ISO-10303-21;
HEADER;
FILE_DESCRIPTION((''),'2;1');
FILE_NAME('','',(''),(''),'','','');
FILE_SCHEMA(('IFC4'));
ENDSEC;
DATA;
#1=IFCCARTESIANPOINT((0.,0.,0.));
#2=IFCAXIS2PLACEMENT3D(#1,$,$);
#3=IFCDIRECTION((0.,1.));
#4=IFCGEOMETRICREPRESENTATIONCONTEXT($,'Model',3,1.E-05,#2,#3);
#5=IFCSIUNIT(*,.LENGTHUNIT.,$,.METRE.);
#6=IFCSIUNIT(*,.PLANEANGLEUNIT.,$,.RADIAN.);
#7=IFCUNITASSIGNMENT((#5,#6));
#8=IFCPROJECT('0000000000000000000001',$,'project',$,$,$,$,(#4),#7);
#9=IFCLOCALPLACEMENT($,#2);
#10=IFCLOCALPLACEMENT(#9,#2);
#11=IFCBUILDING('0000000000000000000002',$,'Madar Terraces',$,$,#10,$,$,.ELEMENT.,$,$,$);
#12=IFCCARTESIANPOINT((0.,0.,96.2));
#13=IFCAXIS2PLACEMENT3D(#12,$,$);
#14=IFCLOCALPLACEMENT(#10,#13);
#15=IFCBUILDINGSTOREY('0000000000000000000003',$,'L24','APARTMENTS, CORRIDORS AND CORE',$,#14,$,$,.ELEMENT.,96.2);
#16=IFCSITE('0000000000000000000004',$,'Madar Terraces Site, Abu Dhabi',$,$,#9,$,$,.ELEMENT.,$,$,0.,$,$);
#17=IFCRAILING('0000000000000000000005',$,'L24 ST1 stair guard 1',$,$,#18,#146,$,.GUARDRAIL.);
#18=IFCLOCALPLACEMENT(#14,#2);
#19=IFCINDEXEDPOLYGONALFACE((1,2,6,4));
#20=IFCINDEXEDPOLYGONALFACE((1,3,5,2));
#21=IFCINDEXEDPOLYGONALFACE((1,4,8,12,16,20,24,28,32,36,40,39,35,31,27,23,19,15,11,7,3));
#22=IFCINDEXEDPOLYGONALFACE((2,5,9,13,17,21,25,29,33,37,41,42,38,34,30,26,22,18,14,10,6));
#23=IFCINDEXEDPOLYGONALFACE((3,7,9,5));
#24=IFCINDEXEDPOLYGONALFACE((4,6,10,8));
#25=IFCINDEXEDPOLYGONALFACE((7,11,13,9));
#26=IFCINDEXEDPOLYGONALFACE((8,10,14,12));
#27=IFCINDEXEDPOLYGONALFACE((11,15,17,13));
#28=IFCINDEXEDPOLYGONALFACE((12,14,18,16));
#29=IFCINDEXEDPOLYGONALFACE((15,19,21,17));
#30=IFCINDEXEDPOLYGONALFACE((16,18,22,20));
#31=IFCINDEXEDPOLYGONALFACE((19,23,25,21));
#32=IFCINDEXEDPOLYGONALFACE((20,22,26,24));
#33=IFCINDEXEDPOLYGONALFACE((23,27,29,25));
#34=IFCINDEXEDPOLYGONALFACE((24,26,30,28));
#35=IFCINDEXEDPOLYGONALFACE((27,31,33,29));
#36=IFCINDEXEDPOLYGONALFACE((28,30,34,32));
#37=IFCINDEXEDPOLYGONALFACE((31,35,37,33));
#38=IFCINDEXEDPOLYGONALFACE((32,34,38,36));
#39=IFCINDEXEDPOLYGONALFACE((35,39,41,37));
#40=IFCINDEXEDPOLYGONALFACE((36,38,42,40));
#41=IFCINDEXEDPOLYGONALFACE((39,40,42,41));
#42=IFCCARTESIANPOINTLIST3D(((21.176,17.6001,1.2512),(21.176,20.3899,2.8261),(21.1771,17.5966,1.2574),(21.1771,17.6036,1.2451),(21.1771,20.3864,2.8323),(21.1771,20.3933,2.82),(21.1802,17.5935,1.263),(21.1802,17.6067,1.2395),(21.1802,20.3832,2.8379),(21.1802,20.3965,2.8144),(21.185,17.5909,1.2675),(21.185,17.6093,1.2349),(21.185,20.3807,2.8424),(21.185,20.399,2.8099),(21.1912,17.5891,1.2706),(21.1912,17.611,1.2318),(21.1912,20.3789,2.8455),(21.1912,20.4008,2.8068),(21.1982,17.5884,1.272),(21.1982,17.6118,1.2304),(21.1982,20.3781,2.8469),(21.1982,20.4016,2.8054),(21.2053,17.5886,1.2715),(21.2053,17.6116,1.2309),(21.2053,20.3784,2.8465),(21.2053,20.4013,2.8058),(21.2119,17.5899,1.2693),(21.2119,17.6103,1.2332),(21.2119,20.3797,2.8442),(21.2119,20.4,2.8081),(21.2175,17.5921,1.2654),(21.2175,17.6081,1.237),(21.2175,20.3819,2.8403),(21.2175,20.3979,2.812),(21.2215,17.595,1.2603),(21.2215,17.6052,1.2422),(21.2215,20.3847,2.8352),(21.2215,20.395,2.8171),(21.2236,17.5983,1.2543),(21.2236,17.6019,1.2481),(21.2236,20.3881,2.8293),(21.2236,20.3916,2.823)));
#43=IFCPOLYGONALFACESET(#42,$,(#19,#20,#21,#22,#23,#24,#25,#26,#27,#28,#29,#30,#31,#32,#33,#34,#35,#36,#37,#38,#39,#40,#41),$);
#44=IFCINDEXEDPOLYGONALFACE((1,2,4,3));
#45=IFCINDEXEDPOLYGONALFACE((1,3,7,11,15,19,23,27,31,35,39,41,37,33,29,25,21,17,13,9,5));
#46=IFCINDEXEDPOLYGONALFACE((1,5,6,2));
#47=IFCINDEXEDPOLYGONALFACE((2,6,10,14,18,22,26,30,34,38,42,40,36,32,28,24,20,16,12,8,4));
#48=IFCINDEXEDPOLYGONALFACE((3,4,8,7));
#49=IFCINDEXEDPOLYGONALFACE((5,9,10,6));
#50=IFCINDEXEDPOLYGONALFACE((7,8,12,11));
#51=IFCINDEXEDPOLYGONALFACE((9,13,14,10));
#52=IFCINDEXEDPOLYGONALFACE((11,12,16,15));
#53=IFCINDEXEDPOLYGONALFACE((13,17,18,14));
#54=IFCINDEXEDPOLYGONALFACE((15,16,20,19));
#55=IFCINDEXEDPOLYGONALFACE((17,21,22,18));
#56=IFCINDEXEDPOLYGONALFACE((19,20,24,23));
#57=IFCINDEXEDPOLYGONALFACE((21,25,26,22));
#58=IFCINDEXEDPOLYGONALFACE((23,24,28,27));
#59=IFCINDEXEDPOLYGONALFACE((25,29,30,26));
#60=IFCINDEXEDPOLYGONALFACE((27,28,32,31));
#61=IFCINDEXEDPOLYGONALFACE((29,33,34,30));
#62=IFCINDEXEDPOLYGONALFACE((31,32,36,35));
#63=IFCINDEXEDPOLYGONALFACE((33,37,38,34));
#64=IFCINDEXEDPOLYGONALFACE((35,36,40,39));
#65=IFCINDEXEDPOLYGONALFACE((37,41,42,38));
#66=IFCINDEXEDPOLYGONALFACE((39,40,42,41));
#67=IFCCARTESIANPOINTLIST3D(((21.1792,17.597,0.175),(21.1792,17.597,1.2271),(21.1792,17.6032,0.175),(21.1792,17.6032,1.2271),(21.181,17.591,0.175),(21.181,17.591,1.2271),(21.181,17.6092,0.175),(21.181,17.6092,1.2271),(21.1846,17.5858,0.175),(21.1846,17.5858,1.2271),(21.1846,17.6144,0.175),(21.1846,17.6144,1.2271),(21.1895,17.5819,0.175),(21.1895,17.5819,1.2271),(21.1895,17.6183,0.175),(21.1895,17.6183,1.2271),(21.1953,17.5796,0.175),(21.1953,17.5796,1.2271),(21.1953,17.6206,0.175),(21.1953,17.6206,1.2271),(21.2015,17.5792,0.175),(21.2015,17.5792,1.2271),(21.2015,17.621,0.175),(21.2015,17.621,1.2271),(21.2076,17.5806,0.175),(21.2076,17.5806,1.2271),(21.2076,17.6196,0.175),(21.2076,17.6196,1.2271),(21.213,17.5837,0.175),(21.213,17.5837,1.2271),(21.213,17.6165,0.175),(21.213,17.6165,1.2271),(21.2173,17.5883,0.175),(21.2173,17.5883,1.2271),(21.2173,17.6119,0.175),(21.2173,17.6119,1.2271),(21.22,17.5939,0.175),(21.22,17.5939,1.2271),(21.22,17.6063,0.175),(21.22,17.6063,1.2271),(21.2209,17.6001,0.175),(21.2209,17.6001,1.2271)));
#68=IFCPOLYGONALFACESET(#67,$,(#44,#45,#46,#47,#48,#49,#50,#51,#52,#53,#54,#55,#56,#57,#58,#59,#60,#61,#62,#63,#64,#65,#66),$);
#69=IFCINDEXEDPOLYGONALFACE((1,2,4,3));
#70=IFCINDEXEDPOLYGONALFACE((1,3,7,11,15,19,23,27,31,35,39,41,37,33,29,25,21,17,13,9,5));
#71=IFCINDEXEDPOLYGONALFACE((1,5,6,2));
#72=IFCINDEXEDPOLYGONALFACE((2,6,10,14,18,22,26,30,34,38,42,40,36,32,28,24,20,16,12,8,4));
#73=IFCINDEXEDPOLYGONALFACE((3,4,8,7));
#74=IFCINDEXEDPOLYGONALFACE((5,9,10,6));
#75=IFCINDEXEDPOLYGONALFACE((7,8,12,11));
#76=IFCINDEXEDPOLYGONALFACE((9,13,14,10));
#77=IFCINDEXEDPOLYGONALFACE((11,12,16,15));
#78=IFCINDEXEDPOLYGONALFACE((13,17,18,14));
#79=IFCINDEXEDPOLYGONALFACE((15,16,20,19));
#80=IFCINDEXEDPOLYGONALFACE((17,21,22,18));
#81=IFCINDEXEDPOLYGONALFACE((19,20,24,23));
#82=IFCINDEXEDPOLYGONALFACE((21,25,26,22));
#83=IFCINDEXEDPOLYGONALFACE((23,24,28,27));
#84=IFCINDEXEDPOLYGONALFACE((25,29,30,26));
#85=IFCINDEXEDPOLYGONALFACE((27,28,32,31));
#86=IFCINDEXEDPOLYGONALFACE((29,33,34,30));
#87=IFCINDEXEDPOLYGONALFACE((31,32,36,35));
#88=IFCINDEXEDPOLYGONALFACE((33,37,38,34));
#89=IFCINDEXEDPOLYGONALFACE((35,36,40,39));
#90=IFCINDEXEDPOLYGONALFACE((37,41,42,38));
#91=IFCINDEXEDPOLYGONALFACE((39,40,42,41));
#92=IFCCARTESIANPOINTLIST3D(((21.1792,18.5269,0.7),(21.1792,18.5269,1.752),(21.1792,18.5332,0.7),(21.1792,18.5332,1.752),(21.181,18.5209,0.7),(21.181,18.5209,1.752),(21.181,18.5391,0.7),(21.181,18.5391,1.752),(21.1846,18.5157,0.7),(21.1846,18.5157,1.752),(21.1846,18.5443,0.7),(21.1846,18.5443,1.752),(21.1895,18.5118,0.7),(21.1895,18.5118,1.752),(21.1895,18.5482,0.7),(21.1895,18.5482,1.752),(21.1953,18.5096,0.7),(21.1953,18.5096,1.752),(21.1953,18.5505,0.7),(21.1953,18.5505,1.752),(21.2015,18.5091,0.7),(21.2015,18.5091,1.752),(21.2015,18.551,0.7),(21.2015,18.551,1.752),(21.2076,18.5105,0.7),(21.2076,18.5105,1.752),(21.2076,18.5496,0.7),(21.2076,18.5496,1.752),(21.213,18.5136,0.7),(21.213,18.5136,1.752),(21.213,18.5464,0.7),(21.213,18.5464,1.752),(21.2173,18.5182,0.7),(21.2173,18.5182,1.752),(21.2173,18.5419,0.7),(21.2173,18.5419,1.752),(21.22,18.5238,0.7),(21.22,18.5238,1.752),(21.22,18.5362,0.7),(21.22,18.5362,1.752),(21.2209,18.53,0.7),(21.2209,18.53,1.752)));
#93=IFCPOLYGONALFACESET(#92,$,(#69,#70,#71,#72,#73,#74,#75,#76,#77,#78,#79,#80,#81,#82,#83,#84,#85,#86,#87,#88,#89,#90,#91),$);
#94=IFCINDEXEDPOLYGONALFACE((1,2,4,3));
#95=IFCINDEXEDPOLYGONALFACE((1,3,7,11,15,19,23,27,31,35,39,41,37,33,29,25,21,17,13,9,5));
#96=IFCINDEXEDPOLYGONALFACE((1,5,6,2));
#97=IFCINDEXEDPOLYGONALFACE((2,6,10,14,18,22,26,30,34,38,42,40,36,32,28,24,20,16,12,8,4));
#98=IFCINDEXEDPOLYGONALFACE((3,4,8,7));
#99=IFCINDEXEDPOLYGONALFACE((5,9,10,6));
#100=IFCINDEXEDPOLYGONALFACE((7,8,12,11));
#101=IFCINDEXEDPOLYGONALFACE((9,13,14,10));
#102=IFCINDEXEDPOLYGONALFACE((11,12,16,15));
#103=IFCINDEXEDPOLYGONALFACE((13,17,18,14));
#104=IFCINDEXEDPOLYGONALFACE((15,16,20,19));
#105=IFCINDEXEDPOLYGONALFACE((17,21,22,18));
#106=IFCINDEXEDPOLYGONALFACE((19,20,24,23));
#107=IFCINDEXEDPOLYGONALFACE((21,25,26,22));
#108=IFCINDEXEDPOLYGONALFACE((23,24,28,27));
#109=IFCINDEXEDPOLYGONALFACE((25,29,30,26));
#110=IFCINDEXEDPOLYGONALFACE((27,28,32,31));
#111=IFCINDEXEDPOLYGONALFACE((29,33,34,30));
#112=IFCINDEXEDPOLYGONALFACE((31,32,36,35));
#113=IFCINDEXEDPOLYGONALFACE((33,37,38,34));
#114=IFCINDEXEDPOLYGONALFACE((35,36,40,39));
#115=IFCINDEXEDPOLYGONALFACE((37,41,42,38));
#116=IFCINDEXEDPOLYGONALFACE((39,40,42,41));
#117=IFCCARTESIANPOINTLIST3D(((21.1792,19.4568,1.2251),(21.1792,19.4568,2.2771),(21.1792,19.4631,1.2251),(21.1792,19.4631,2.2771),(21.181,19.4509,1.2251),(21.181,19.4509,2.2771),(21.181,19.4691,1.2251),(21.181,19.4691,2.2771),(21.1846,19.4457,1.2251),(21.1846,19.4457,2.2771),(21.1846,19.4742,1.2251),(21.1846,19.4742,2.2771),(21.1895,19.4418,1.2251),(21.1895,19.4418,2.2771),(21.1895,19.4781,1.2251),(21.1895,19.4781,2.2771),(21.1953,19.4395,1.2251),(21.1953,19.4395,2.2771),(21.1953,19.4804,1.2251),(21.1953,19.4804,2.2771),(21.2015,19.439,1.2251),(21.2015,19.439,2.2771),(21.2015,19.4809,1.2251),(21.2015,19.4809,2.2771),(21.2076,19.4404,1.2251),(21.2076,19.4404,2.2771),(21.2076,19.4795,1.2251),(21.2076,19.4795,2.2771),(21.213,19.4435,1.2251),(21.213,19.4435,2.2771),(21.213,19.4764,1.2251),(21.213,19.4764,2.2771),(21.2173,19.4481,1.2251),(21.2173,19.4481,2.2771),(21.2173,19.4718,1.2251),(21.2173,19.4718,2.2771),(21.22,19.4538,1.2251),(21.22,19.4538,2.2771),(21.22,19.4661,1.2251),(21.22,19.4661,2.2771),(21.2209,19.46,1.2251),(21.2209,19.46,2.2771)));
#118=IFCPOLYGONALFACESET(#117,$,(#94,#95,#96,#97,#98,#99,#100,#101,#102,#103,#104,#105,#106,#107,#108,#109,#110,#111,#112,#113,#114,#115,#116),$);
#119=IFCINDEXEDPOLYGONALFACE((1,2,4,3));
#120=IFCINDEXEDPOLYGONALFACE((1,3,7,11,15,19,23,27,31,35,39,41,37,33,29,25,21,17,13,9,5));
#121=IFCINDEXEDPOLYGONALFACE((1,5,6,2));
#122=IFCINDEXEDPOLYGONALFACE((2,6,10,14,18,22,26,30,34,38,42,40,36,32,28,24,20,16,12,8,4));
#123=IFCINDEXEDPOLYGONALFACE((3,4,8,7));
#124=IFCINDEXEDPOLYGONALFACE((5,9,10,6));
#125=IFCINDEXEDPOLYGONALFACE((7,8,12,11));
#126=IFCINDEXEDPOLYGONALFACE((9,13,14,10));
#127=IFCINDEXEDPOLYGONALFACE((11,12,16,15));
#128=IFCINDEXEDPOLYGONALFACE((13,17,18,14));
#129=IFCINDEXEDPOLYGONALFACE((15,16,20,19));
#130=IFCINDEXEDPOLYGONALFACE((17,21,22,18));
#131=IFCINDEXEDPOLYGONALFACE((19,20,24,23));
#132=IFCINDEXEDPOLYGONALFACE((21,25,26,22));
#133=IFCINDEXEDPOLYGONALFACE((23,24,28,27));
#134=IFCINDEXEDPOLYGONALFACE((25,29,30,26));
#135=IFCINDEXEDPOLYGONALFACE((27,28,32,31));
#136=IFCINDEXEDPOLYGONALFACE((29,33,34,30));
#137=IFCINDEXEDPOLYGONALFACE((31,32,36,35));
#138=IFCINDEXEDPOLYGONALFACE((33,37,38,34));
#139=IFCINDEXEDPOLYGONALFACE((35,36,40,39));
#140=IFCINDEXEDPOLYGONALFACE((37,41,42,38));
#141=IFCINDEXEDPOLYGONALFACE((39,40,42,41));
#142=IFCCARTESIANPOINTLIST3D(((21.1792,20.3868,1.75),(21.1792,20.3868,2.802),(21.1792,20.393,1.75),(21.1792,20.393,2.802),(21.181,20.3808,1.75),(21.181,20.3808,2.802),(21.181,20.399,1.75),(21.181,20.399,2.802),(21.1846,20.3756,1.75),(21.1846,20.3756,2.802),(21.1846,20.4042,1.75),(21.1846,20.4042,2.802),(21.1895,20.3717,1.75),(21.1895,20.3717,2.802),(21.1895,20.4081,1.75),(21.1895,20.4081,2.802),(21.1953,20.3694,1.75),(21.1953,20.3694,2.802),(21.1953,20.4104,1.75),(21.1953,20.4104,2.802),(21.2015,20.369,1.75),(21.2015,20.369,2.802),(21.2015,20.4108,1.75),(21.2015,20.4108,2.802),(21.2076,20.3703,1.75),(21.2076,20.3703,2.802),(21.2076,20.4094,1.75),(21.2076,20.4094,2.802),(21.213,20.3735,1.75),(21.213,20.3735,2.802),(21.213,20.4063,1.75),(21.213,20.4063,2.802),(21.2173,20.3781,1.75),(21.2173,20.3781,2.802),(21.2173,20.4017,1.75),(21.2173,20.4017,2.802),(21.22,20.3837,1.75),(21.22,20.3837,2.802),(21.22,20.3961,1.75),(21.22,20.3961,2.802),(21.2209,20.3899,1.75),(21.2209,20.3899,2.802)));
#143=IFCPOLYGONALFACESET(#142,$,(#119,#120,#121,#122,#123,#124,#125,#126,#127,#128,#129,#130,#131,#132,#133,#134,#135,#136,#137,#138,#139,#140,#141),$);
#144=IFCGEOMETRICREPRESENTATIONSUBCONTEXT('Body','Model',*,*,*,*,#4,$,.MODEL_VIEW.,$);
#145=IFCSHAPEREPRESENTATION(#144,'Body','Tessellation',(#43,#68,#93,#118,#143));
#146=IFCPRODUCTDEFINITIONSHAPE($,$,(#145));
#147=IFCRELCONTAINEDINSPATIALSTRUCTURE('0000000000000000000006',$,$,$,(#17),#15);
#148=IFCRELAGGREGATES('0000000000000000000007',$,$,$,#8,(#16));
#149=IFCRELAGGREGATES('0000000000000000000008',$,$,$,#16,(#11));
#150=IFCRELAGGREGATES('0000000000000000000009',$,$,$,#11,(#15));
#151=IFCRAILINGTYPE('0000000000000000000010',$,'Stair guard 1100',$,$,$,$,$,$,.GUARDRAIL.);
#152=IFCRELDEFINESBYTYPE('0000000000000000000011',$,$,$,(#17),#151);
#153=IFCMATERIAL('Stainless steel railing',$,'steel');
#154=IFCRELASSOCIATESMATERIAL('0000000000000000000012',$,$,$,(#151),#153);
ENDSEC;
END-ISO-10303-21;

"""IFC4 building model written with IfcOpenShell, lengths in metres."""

from ifc_helpers import new_model, si_unit, direction, frame, origin, origin_2d, place, context, subcontext, project, spatial, circle, extrude, material, type_object, element, save


model = new_model("IFC4")

# Units and contexts
model_context = context("Model", 3, precision=1e-05, world=origin(), true_north=direction((0.0, 1.0)))
body_context = subcontext(model_context, "Body", "Model", "MODEL_VIEW")
ifc_project = project(units=[si_unit("LENGTHUNIT", "METRE"), si_unit("PLANEANGLEUNIT", "RADIAN")], contexts=[model_context])

# Site, building, storey
site_placement = place(None, origin())
site = spatial("IfcSite", under=ifc_project, at=site_placement, Name="Madar Terraces Site, Abu Dhabi", CompositionType="ELEMENT", RefElevation=0.0)
building_placement = place(site_placement, origin())
building = spatial("IfcBuilding", under=site, at=building_placement, Name="Madar Terraces", CompositionType="ELEMENT")
storey_placement = place(building_placement, frame((0.0, 0.0, 96.2)))
storey = spatial("IfcBuildingStorey", under=building, at=storey_placement, Name="L24", Description="APARTMENTS, CORRIDORS AND CORE", CompositionType="ELEMENT", Elevation=96.2)

# Railing
ifc_material_1 = material(Name="Stainless steel railing", Category="steel")
railing_type_1 = type_object("IfcRailingType", Name="Stair guard 1100", PredefinedType="GUARDRAIL", material=ifc_material_1)
railing_1_placement = place(storey_placement, frame((21.2, 17.6001, 0.175)))
element("IfcRailing", 1, at=railing_1_placement, inside=storey, type_object=railing_type_1, Name="L24 ST1 stair guard 1", PredefinedType="GUARDRAIL", context=body_context, shape_type="SweptSolid", body=[
    extrude(circle(Radius=0.0239, at=origin_2d()), frame((0.0, 0.0, 1.0762), z_axis=(0.0, 0.870815, 0.49161), x_axis=(-1.0, 0.0, 0.0)), (0.0, 0.0, 1.0), 3.2036),
    extrude(circle(Radius=0.021, at=origin_2d()), origin(), (0.0, 0.0, 1.0), 1.052),
    extrude(circle(Radius=0.021, at=origin_2d()), frame((0.0, 0.9299, 0.5249)), (0.0, 0.0, 1.0), 1.052),
    extrude(circle(Radius=0.021, at=origin_2d()), frame((0.0, 1.8599, 1.05)), (0.0, 0.0, 1.0), 1.052),
    extrude(circle(Radius=0.021, at=origin_2d()), frame((0.0, 2.7898, 1.575)), (0.0, 0.0, 1.0), 1.052),
])

save(model, "model.ifc")
